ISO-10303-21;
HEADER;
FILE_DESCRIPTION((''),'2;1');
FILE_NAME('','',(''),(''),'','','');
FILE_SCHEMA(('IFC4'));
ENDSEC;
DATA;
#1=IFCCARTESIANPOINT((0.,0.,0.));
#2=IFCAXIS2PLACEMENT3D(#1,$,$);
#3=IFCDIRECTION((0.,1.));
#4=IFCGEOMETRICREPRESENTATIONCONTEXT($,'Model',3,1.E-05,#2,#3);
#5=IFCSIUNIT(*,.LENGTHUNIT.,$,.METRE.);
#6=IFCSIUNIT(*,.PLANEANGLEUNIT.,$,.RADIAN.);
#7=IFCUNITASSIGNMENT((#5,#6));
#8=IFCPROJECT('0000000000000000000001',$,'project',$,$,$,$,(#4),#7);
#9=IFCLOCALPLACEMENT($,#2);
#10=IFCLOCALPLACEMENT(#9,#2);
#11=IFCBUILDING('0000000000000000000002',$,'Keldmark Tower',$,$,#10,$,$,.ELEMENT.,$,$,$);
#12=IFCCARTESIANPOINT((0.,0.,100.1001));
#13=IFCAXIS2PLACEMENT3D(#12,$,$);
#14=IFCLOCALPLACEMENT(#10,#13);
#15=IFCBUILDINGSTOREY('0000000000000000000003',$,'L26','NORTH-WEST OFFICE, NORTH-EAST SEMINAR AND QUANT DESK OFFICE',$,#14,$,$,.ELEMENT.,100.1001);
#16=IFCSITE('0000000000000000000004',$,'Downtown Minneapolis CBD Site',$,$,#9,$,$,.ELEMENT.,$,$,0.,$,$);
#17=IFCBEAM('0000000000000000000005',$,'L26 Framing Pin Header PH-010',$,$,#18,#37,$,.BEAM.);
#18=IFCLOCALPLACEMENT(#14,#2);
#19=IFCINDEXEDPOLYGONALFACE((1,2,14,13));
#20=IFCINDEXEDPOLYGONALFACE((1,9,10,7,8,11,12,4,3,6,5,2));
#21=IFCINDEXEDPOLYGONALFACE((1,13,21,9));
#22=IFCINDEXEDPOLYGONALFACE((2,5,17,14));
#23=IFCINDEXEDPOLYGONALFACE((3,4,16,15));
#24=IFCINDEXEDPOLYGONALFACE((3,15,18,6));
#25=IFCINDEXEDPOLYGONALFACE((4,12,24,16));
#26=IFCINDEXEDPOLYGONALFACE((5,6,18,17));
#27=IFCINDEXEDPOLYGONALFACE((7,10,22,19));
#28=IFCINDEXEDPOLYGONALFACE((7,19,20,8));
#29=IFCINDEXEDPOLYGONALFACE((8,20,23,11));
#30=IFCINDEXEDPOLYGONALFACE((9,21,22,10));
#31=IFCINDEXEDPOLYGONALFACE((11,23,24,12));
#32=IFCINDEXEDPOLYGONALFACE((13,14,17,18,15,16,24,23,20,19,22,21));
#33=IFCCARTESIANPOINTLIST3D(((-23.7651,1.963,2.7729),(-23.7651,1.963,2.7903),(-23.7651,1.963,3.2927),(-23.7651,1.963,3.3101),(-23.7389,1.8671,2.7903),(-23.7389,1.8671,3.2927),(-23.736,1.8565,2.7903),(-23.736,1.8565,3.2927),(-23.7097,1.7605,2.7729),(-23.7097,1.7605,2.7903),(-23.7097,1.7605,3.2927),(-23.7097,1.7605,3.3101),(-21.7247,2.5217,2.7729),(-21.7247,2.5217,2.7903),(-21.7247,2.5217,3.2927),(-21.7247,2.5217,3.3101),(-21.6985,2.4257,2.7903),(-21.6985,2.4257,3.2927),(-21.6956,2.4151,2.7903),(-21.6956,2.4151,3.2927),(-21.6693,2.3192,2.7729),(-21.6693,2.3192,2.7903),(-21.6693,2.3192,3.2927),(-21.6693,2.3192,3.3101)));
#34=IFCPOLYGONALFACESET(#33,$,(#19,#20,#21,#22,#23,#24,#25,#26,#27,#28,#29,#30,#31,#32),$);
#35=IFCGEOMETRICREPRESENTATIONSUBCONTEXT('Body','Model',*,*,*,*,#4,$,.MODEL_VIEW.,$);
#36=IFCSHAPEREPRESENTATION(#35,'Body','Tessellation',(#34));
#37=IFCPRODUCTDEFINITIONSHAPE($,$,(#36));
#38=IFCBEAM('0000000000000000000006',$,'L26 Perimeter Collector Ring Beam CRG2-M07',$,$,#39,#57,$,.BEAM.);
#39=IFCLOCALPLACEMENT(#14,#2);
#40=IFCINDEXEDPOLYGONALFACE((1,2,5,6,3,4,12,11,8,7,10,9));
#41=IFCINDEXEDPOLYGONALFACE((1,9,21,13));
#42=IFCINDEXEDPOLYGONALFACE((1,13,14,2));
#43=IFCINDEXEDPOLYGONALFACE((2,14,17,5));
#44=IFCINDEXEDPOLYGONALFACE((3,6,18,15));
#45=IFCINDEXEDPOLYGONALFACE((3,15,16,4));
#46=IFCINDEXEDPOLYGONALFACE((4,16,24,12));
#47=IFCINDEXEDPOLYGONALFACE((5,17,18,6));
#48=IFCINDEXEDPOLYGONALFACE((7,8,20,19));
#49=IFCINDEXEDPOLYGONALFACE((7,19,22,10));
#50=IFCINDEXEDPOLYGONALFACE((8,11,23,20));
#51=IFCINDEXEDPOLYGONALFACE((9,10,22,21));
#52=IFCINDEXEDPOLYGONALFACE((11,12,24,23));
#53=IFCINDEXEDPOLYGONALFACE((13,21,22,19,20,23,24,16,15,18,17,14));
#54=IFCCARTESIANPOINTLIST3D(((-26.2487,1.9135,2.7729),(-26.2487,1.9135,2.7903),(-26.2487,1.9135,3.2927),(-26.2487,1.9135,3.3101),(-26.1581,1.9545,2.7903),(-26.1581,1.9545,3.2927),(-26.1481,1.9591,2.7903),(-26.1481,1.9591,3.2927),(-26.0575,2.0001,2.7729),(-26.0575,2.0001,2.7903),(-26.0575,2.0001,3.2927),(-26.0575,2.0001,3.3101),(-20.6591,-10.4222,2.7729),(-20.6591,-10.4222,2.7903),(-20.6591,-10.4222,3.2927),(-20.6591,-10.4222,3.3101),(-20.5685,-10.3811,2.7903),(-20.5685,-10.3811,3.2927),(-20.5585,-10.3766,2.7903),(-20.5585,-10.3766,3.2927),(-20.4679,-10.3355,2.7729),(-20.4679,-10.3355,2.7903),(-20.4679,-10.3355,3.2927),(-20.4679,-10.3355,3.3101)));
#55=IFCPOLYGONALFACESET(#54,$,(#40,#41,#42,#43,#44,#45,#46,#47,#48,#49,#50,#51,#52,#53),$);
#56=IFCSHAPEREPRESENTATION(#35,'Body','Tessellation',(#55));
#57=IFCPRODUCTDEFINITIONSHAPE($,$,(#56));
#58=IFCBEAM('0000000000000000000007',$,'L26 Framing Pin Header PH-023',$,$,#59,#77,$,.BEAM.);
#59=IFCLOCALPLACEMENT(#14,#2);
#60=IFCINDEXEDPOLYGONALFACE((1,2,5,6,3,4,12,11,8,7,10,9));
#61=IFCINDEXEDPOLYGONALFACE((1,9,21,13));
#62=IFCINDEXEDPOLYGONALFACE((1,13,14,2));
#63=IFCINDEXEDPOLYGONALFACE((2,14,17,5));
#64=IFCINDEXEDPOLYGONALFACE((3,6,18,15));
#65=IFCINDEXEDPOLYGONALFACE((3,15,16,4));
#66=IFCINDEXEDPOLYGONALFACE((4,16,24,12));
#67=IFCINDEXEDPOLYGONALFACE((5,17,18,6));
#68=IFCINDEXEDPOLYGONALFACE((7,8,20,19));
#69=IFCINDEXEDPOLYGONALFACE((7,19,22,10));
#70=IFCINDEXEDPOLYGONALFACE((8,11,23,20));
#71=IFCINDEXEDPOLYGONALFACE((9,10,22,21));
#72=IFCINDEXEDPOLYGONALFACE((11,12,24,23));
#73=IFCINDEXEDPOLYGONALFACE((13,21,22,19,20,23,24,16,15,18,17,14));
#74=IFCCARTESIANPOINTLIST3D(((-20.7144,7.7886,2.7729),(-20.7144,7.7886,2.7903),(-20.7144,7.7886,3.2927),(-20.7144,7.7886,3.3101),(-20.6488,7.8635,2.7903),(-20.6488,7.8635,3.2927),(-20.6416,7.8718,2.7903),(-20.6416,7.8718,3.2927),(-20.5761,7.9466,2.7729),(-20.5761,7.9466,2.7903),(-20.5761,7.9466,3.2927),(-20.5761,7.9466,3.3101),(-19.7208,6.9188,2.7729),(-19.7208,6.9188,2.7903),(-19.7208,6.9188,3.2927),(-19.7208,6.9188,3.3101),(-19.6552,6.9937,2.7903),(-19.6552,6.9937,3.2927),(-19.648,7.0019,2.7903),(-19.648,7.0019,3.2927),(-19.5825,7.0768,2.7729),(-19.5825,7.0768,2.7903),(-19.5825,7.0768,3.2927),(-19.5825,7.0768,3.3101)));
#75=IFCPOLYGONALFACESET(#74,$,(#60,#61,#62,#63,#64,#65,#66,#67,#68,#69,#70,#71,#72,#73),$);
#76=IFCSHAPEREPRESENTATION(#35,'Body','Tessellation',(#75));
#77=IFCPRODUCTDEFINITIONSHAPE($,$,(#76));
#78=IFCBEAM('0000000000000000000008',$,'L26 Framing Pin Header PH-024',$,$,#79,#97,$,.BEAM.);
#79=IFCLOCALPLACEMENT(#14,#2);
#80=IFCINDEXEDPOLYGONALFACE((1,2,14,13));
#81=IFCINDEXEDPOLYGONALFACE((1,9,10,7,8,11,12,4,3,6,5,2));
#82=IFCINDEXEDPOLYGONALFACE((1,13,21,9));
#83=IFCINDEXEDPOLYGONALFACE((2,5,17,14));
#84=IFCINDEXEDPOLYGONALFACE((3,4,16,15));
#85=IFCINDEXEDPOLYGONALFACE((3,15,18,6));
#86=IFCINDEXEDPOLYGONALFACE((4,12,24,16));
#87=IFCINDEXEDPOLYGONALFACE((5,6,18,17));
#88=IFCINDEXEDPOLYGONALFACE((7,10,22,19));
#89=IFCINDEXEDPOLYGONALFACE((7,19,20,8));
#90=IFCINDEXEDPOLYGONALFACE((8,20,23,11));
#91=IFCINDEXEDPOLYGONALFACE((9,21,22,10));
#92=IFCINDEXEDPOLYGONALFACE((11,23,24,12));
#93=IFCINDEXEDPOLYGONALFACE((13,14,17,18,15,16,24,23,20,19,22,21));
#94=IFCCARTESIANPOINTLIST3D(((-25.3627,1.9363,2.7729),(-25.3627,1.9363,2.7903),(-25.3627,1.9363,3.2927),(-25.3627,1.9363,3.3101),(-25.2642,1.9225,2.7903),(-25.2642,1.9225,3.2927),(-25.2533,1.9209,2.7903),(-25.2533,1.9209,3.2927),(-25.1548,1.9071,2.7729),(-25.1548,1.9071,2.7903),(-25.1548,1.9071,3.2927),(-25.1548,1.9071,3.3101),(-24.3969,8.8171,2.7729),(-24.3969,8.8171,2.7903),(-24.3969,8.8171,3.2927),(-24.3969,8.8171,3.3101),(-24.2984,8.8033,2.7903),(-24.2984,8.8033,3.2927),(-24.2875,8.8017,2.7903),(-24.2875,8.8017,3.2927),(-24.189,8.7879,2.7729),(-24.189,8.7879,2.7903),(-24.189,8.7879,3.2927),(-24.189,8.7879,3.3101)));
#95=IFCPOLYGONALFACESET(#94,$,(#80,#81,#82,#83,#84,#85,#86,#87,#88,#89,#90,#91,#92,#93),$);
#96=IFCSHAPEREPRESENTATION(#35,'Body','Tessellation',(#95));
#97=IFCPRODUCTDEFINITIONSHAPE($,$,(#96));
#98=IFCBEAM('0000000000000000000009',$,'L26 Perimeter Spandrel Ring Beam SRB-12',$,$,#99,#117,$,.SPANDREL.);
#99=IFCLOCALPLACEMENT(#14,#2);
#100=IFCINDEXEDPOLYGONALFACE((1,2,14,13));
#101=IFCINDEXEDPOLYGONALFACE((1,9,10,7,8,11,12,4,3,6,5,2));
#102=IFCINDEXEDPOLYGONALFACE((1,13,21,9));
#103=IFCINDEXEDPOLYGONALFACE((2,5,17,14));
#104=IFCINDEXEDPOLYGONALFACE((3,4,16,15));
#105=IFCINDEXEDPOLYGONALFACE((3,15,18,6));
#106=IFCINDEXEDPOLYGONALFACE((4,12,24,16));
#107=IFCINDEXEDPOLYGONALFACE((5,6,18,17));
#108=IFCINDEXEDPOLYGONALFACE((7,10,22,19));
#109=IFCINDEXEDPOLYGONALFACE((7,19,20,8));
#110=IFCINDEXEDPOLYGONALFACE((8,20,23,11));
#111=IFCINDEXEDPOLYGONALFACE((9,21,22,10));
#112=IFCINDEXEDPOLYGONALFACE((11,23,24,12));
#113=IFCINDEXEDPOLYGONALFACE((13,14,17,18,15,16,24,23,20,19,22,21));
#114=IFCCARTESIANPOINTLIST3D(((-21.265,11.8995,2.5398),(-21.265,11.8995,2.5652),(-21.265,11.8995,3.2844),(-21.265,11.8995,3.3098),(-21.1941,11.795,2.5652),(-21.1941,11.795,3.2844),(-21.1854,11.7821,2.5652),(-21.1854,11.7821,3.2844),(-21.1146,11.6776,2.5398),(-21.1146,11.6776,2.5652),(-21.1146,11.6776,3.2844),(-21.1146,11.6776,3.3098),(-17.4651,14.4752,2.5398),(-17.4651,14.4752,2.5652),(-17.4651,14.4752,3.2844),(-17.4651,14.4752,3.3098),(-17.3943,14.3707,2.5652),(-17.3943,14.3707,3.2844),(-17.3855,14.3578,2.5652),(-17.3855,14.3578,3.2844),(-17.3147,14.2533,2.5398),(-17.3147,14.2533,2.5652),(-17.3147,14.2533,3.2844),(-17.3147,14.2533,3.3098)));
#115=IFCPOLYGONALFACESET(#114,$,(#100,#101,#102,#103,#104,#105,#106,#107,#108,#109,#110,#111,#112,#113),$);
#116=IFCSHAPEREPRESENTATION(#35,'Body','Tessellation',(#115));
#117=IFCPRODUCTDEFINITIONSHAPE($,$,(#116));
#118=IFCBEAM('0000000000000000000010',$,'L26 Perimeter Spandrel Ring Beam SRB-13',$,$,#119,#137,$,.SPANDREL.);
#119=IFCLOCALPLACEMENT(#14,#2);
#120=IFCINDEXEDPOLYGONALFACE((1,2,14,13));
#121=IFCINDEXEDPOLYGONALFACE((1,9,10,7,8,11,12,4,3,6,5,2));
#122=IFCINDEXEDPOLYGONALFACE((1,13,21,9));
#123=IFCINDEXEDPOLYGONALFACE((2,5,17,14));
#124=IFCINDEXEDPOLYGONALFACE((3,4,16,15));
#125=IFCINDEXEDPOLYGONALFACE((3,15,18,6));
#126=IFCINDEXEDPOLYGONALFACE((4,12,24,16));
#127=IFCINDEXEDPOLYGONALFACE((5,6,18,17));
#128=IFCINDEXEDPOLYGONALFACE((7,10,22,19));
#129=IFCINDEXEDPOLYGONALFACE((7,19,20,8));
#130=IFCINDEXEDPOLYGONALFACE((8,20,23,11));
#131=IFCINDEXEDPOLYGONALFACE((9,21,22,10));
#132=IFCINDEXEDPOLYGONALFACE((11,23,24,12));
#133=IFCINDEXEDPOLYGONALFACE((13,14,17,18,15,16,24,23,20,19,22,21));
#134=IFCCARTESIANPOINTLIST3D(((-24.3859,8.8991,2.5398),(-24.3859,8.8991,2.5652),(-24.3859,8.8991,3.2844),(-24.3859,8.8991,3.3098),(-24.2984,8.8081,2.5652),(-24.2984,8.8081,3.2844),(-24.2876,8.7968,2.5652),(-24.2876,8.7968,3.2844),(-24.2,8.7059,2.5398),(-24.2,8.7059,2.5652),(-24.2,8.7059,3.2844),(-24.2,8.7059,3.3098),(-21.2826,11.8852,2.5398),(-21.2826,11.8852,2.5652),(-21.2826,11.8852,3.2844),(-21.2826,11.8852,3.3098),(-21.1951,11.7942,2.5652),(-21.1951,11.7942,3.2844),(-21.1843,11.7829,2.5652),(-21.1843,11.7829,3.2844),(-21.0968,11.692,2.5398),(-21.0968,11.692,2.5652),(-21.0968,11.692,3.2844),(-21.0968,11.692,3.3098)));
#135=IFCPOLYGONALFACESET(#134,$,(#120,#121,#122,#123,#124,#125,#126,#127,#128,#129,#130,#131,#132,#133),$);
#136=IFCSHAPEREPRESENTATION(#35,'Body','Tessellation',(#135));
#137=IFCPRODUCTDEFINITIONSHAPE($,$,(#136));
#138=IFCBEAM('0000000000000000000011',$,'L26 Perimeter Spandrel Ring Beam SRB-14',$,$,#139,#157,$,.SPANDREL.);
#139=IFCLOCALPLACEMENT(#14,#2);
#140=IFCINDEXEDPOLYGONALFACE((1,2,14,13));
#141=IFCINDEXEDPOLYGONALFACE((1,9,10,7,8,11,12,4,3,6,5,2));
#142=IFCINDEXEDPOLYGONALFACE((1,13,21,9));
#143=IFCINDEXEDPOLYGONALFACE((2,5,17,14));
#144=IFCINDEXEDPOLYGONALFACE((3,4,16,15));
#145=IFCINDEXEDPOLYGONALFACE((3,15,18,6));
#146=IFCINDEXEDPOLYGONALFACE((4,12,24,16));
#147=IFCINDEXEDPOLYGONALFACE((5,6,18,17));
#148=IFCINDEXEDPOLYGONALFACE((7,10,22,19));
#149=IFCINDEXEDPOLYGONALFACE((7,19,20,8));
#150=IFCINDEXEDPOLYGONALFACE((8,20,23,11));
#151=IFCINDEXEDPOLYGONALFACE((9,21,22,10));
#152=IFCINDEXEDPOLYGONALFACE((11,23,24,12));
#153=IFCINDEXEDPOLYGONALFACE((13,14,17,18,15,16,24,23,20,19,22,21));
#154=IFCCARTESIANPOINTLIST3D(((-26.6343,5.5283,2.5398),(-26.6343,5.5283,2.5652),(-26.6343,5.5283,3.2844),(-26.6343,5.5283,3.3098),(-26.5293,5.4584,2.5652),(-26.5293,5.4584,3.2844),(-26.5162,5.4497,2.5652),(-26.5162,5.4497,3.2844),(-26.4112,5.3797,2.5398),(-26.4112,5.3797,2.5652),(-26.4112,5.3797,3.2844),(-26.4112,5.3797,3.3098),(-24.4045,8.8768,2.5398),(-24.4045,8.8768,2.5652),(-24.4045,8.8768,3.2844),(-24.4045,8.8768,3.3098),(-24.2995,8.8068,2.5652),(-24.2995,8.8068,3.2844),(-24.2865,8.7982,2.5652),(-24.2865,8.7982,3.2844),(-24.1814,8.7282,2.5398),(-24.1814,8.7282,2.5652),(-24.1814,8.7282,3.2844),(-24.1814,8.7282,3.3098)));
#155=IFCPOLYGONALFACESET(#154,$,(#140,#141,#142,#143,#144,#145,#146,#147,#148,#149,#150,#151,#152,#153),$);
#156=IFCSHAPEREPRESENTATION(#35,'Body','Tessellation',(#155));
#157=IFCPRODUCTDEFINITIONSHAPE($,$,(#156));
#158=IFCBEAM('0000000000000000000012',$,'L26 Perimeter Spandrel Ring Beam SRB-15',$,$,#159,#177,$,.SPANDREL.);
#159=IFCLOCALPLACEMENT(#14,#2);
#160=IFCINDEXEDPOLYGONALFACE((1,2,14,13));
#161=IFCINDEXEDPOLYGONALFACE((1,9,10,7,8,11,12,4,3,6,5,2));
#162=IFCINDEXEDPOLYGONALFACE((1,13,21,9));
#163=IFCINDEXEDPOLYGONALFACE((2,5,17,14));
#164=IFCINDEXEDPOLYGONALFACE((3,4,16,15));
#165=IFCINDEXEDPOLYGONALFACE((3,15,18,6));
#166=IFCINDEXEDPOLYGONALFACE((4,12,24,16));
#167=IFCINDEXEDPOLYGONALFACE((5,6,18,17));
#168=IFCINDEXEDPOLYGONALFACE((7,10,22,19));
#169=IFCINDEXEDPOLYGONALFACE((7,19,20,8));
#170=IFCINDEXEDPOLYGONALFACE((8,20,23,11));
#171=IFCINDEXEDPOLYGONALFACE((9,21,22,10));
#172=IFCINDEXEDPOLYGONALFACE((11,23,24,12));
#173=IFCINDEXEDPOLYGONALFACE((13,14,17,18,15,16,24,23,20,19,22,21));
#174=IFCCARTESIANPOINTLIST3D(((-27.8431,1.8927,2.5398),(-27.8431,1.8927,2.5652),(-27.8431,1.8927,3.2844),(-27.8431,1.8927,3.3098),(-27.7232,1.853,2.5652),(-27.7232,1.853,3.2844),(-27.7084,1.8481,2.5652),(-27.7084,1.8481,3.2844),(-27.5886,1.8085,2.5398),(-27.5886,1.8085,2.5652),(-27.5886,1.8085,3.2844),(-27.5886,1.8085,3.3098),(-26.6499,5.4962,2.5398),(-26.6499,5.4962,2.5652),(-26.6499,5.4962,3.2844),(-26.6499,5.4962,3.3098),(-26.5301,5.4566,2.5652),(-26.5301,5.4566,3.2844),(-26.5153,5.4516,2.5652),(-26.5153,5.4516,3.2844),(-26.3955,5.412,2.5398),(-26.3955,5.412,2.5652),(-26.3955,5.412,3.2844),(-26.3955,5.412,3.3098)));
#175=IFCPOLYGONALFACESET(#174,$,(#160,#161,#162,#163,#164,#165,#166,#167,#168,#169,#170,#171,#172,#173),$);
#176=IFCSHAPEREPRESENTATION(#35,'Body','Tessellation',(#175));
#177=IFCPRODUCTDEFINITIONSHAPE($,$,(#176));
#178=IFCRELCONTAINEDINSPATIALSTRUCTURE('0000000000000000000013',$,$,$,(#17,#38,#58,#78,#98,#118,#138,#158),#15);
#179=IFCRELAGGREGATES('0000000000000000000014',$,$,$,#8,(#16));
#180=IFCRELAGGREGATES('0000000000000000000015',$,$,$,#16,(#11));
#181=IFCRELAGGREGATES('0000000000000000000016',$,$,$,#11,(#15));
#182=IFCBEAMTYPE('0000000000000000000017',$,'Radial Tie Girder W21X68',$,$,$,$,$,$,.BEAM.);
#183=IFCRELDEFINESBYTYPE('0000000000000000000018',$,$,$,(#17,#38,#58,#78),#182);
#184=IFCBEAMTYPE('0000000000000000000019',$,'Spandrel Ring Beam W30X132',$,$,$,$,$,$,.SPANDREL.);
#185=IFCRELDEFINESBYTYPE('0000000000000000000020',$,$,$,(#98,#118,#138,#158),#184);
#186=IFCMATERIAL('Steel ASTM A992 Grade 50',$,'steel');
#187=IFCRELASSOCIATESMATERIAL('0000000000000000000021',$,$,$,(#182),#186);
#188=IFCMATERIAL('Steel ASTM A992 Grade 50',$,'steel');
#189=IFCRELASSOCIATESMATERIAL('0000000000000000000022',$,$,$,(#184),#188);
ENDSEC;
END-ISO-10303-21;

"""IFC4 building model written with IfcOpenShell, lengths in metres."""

from ifc_helpers import new_model, si_unit, direction, frame, origin, origin_2d, place, context, subcontext, project, spatial, i_section, extrude, material, material_profile, profile_set, type_object, element, save


model = new_model("IFC4")

# Units and contexts
model_context = context("Model", 3, precision=1e-05, world=origin(), true_north=direction((0.0, 1.0)))
body_context = subcontext(model_context, "Body", "Model", "MODEL_VIEW")
ifc_project = project(units=[si_unit("LENGTHUNIT", "METRE"), si_unit("PLANEANGLEUNIT", "RADIAN")], contexts=[model_context])

# Site, building, storey
site_placement = place(None, origin())
site = spatial("IfcSite", under=ifc_project, at=site_placement, Name="Downtown Minneapolis CBD Site", CompositionType="ELEMENT", RefElevation=0.0)
building_placement = place(site_placement, origin())
building = spatial("IfcBuilding", under=site, at=building_placement, Name="Keldmark Tower", CompositionType="ELEMENT")
storey_placement = place(building_placement, frame((0.0, 0.0, 100.1001)))
storey = spatial("IfcBuildingStorey", under=building, at=storey_placement, Name="L26", Description="NORTH-WEST OFFICE, NORTH-EAST SEMINAR AND QUANT DESK OFFICE", CompositionType="ELEMENT", Elevation=100.1001)

# Beams
ifc_material_1 = material(Name="Steel ASTM A992 Grade 50", Category="steel")
ifc_material_profile_1 = material_profile(ifc_material_1, i_section(OverallWidth=0.21, OverallDepth=0.5371, WebThickness=0.011, FlangeThickness=0.0173, at=origin_2d()), Name="W21X68")
ifc_profile_set_1 = profile_set([ifc_material_profile_1], Name="Steel ASTM A992 Grade 50")
beam_type_1 = type_object("IfcBeamType", Name="Radial Tie Girder W21X68", PredefinedType="BEAM", material=ifc_profile_set_1)
beam_1_placement = place(storey_placement, frame((-21.697, 2.4204, 3.0415), z_axis=(-0.964505, -0.264065, 0.0), x_axis=(0.264065, -0.964505, 0.0)))
element("IfcBeam", 1, at=beam_1_placement, inside=storey, type_object=beam_type_1, Name="L26 Framing Pin Header PH-010", PredefinedType="BEAM", context=body_context, shape_type="SweptSolid", body=[
    extrude(i_section(OverallWidth=0.21, OverallDepth=0.5371, WebThickness=0.011, FlangeThickness=0.0173, at=origin_2d()), origin(), (0.0, 0.0, 1.0), 2.1155),
])
beam_2_placement = place(storey_placement, frame((-26.1531, 1.9568, 3.0415), z_axis=(0.41273, -0.910854, 0.0), x_axis=(0.910854, 0.41273, 0.0)))
element("IfcBeam", 2, at=beam_2_placement, inside=storey, type_object=beam_type_1, Name="L26 Perimeter Collector Ring Beam CRG2-M07", PredefinedType="BEAM", context=body_context, shape_type="SweptSolid", body=[
    extrude(i_section(OverallWidth=0.21, OverallDepth=0.5371, WebThickness=0.011, FlangeThickness=0.0173, at=origin_2d()), origin(), (0.0, 0.0, 1.0), 13.543),
])
beam_3_placement = place(storey_placement, frame((-19.6516, 6.9978, 3.0415), z_axis=(-0.752416, 0.658688, 0.0), x_axis=(-0.658688, -0.752416, 0.0)))
element("IfcBeam", 3, at=beam_3_placement, inside=storey, type_object=beam_type_1, Name="L26 Framing Pin Header PH-023", PredefinedType="BEAM", context=body_context, shape_type="SweptSolid", body=[
    extrude(i_section(OverallWidth=0.21, OverallDepth=0.5371, WebThickness=0.011, FlangeThickness=0.0173, at=origin_2d()), origin(), (0.0, 0.0, 1.0), 1.3206),
])
beam_4_placement = place(storey_placement, frame((-24.293, 8.8025, 3.0415), z_axis=(-0.139001, -0.990292, 0.0), x_axis=(0.990292, -0.139001, 0.0)))
element("IfcBeam", 4, at=beam_4_placement, inside=storey, type_object=beam_type_1, Name="L26 Framing Pin Header PH-024", PredefinedType="BEAM", context=body_context, shape_type="SweptSolid", body=[
    extrude(i_section(OverallWidth=0.21, OverallDepth=0.5371, WebThickness=0.011, FlangeThickness=0.0173, at=origin_2d()), origin(), (0.0, 0.0, 1.0), 6.9482),
])
ifc_material_2 = material(Name="Steel ASTM A992 Grade 50", Category="steel")
ifc_material_profile_2 = material_profile(ifc_material_2, i_section(OverallWidth=0.2681, OverallDepth=0.77, WebThickness=0.0156, FlangeThickness=0.0254, at=origin_2d()), Name="W30X132")
ifc_profile_set_2 = profile_set([ifc_material_profile_2], Name="Steel ASTM A992 Grade 50")
beam_type_2 = type_object("IfcBeamType", Name="Spandrel Ring Beam W30X132", PredefinedType="SPANDREL", material=ifc_profile_set_2)
beam_5_placement = place(storey_placement, frame((-17.3899, 14.3643, 2.9248), z_axis=(-0.827755, -0.56109, 0.0), x_axis=(0.56109, -0.827755, 0.0)))
element("IfcBeam", 5, at=beam_5_placement, inside=storey, type_object=beam_type_2, Name="L26 Perimeter Spandrel Ring Beam SRB-12", PredefinedType="SPANDREL", context=body_context, shape_type="SweptSolid", body=[
    extrude(i_section(OverallWidth=0.2681, OverallDepth=0.77, WebThickness=0.0156, FlangeThickness=0.0254, at=origin_2d()), origin(), (0.0, 0.0, 1.0), 4.5906),
])
beam_6_placement = place(storey_placement, frame((-21.1897, 11.7886, 2.9248), z_axis=(-0.720581, -0.69337, 0.0), x_axis=(0.69337, -0.720581, 0.0)))
element("IfcBeam", 6, at=beam_6_placement, inside=storey, type_object=beam_type_2, Name="L26 Perimeter Spandrel Ring Beam SRB-13", PredefinedType="SPANDREL", context=body_context, shape_type="SweptSolid", body=[
    extrude(i_section(OverallWidth=0.2681, OverallDepth=0.77, WebThickness=0.0156, FlangeThickness=0.0254, at=origin_2d()), origin(), (0.0, 0.0, 1.0), 4.3066),
])
beam_7_placement = place(storey_placement, frame((-24.293, 8.8025, 2.9248), z_axis=(-0.554266, -0.83234, 0.0), x_axis=(0.83234, -0.554266, 0.0)))
element("IfcBeam", 7, at=beam_7_placement, inside=storey, type_object=beam_type_2, Name="L26 Perimeter Spandrel Ring Beam SRB-14", PredefinedType="SPANDREL", context=body_context, shape_type="SweptSolid", body=[
    extrude(i_section(OverallWidth=0.2681, OverallDepth=0.77, WebThickness=0.0156, FlangeThickness=0.0254, at=origin_2d()), origin(), (0.0, 0.0, 1.0), 4.0229),
])
beam_8_placement = place(storey_placement, frame((-26.5227, 5.4541, 2.9248), z_axis=(-0.314317, -0.949318, 0.0), x_axis=(0.949318, -0.314317, 0.0)))
element("IfcBeam", 8, at=beam_8_placement, inside=storey, type_object=beam_type_2, Name="L26 Perimeter Spandrel Ring Beam SRB-15", PredefinedType="SPANDREL", context=body_context, shape_type="SweptSolid", body=[
    extrude(i_section(OverallWidth=0.2681, OverallDepth=0.77, WebThickness=0.0156, FlangeThickness=0.0254, at=origin_2d()), origin(), (0.0, 0.0, 1.0), 3.7959),
])

save(model, "model.ifc")
